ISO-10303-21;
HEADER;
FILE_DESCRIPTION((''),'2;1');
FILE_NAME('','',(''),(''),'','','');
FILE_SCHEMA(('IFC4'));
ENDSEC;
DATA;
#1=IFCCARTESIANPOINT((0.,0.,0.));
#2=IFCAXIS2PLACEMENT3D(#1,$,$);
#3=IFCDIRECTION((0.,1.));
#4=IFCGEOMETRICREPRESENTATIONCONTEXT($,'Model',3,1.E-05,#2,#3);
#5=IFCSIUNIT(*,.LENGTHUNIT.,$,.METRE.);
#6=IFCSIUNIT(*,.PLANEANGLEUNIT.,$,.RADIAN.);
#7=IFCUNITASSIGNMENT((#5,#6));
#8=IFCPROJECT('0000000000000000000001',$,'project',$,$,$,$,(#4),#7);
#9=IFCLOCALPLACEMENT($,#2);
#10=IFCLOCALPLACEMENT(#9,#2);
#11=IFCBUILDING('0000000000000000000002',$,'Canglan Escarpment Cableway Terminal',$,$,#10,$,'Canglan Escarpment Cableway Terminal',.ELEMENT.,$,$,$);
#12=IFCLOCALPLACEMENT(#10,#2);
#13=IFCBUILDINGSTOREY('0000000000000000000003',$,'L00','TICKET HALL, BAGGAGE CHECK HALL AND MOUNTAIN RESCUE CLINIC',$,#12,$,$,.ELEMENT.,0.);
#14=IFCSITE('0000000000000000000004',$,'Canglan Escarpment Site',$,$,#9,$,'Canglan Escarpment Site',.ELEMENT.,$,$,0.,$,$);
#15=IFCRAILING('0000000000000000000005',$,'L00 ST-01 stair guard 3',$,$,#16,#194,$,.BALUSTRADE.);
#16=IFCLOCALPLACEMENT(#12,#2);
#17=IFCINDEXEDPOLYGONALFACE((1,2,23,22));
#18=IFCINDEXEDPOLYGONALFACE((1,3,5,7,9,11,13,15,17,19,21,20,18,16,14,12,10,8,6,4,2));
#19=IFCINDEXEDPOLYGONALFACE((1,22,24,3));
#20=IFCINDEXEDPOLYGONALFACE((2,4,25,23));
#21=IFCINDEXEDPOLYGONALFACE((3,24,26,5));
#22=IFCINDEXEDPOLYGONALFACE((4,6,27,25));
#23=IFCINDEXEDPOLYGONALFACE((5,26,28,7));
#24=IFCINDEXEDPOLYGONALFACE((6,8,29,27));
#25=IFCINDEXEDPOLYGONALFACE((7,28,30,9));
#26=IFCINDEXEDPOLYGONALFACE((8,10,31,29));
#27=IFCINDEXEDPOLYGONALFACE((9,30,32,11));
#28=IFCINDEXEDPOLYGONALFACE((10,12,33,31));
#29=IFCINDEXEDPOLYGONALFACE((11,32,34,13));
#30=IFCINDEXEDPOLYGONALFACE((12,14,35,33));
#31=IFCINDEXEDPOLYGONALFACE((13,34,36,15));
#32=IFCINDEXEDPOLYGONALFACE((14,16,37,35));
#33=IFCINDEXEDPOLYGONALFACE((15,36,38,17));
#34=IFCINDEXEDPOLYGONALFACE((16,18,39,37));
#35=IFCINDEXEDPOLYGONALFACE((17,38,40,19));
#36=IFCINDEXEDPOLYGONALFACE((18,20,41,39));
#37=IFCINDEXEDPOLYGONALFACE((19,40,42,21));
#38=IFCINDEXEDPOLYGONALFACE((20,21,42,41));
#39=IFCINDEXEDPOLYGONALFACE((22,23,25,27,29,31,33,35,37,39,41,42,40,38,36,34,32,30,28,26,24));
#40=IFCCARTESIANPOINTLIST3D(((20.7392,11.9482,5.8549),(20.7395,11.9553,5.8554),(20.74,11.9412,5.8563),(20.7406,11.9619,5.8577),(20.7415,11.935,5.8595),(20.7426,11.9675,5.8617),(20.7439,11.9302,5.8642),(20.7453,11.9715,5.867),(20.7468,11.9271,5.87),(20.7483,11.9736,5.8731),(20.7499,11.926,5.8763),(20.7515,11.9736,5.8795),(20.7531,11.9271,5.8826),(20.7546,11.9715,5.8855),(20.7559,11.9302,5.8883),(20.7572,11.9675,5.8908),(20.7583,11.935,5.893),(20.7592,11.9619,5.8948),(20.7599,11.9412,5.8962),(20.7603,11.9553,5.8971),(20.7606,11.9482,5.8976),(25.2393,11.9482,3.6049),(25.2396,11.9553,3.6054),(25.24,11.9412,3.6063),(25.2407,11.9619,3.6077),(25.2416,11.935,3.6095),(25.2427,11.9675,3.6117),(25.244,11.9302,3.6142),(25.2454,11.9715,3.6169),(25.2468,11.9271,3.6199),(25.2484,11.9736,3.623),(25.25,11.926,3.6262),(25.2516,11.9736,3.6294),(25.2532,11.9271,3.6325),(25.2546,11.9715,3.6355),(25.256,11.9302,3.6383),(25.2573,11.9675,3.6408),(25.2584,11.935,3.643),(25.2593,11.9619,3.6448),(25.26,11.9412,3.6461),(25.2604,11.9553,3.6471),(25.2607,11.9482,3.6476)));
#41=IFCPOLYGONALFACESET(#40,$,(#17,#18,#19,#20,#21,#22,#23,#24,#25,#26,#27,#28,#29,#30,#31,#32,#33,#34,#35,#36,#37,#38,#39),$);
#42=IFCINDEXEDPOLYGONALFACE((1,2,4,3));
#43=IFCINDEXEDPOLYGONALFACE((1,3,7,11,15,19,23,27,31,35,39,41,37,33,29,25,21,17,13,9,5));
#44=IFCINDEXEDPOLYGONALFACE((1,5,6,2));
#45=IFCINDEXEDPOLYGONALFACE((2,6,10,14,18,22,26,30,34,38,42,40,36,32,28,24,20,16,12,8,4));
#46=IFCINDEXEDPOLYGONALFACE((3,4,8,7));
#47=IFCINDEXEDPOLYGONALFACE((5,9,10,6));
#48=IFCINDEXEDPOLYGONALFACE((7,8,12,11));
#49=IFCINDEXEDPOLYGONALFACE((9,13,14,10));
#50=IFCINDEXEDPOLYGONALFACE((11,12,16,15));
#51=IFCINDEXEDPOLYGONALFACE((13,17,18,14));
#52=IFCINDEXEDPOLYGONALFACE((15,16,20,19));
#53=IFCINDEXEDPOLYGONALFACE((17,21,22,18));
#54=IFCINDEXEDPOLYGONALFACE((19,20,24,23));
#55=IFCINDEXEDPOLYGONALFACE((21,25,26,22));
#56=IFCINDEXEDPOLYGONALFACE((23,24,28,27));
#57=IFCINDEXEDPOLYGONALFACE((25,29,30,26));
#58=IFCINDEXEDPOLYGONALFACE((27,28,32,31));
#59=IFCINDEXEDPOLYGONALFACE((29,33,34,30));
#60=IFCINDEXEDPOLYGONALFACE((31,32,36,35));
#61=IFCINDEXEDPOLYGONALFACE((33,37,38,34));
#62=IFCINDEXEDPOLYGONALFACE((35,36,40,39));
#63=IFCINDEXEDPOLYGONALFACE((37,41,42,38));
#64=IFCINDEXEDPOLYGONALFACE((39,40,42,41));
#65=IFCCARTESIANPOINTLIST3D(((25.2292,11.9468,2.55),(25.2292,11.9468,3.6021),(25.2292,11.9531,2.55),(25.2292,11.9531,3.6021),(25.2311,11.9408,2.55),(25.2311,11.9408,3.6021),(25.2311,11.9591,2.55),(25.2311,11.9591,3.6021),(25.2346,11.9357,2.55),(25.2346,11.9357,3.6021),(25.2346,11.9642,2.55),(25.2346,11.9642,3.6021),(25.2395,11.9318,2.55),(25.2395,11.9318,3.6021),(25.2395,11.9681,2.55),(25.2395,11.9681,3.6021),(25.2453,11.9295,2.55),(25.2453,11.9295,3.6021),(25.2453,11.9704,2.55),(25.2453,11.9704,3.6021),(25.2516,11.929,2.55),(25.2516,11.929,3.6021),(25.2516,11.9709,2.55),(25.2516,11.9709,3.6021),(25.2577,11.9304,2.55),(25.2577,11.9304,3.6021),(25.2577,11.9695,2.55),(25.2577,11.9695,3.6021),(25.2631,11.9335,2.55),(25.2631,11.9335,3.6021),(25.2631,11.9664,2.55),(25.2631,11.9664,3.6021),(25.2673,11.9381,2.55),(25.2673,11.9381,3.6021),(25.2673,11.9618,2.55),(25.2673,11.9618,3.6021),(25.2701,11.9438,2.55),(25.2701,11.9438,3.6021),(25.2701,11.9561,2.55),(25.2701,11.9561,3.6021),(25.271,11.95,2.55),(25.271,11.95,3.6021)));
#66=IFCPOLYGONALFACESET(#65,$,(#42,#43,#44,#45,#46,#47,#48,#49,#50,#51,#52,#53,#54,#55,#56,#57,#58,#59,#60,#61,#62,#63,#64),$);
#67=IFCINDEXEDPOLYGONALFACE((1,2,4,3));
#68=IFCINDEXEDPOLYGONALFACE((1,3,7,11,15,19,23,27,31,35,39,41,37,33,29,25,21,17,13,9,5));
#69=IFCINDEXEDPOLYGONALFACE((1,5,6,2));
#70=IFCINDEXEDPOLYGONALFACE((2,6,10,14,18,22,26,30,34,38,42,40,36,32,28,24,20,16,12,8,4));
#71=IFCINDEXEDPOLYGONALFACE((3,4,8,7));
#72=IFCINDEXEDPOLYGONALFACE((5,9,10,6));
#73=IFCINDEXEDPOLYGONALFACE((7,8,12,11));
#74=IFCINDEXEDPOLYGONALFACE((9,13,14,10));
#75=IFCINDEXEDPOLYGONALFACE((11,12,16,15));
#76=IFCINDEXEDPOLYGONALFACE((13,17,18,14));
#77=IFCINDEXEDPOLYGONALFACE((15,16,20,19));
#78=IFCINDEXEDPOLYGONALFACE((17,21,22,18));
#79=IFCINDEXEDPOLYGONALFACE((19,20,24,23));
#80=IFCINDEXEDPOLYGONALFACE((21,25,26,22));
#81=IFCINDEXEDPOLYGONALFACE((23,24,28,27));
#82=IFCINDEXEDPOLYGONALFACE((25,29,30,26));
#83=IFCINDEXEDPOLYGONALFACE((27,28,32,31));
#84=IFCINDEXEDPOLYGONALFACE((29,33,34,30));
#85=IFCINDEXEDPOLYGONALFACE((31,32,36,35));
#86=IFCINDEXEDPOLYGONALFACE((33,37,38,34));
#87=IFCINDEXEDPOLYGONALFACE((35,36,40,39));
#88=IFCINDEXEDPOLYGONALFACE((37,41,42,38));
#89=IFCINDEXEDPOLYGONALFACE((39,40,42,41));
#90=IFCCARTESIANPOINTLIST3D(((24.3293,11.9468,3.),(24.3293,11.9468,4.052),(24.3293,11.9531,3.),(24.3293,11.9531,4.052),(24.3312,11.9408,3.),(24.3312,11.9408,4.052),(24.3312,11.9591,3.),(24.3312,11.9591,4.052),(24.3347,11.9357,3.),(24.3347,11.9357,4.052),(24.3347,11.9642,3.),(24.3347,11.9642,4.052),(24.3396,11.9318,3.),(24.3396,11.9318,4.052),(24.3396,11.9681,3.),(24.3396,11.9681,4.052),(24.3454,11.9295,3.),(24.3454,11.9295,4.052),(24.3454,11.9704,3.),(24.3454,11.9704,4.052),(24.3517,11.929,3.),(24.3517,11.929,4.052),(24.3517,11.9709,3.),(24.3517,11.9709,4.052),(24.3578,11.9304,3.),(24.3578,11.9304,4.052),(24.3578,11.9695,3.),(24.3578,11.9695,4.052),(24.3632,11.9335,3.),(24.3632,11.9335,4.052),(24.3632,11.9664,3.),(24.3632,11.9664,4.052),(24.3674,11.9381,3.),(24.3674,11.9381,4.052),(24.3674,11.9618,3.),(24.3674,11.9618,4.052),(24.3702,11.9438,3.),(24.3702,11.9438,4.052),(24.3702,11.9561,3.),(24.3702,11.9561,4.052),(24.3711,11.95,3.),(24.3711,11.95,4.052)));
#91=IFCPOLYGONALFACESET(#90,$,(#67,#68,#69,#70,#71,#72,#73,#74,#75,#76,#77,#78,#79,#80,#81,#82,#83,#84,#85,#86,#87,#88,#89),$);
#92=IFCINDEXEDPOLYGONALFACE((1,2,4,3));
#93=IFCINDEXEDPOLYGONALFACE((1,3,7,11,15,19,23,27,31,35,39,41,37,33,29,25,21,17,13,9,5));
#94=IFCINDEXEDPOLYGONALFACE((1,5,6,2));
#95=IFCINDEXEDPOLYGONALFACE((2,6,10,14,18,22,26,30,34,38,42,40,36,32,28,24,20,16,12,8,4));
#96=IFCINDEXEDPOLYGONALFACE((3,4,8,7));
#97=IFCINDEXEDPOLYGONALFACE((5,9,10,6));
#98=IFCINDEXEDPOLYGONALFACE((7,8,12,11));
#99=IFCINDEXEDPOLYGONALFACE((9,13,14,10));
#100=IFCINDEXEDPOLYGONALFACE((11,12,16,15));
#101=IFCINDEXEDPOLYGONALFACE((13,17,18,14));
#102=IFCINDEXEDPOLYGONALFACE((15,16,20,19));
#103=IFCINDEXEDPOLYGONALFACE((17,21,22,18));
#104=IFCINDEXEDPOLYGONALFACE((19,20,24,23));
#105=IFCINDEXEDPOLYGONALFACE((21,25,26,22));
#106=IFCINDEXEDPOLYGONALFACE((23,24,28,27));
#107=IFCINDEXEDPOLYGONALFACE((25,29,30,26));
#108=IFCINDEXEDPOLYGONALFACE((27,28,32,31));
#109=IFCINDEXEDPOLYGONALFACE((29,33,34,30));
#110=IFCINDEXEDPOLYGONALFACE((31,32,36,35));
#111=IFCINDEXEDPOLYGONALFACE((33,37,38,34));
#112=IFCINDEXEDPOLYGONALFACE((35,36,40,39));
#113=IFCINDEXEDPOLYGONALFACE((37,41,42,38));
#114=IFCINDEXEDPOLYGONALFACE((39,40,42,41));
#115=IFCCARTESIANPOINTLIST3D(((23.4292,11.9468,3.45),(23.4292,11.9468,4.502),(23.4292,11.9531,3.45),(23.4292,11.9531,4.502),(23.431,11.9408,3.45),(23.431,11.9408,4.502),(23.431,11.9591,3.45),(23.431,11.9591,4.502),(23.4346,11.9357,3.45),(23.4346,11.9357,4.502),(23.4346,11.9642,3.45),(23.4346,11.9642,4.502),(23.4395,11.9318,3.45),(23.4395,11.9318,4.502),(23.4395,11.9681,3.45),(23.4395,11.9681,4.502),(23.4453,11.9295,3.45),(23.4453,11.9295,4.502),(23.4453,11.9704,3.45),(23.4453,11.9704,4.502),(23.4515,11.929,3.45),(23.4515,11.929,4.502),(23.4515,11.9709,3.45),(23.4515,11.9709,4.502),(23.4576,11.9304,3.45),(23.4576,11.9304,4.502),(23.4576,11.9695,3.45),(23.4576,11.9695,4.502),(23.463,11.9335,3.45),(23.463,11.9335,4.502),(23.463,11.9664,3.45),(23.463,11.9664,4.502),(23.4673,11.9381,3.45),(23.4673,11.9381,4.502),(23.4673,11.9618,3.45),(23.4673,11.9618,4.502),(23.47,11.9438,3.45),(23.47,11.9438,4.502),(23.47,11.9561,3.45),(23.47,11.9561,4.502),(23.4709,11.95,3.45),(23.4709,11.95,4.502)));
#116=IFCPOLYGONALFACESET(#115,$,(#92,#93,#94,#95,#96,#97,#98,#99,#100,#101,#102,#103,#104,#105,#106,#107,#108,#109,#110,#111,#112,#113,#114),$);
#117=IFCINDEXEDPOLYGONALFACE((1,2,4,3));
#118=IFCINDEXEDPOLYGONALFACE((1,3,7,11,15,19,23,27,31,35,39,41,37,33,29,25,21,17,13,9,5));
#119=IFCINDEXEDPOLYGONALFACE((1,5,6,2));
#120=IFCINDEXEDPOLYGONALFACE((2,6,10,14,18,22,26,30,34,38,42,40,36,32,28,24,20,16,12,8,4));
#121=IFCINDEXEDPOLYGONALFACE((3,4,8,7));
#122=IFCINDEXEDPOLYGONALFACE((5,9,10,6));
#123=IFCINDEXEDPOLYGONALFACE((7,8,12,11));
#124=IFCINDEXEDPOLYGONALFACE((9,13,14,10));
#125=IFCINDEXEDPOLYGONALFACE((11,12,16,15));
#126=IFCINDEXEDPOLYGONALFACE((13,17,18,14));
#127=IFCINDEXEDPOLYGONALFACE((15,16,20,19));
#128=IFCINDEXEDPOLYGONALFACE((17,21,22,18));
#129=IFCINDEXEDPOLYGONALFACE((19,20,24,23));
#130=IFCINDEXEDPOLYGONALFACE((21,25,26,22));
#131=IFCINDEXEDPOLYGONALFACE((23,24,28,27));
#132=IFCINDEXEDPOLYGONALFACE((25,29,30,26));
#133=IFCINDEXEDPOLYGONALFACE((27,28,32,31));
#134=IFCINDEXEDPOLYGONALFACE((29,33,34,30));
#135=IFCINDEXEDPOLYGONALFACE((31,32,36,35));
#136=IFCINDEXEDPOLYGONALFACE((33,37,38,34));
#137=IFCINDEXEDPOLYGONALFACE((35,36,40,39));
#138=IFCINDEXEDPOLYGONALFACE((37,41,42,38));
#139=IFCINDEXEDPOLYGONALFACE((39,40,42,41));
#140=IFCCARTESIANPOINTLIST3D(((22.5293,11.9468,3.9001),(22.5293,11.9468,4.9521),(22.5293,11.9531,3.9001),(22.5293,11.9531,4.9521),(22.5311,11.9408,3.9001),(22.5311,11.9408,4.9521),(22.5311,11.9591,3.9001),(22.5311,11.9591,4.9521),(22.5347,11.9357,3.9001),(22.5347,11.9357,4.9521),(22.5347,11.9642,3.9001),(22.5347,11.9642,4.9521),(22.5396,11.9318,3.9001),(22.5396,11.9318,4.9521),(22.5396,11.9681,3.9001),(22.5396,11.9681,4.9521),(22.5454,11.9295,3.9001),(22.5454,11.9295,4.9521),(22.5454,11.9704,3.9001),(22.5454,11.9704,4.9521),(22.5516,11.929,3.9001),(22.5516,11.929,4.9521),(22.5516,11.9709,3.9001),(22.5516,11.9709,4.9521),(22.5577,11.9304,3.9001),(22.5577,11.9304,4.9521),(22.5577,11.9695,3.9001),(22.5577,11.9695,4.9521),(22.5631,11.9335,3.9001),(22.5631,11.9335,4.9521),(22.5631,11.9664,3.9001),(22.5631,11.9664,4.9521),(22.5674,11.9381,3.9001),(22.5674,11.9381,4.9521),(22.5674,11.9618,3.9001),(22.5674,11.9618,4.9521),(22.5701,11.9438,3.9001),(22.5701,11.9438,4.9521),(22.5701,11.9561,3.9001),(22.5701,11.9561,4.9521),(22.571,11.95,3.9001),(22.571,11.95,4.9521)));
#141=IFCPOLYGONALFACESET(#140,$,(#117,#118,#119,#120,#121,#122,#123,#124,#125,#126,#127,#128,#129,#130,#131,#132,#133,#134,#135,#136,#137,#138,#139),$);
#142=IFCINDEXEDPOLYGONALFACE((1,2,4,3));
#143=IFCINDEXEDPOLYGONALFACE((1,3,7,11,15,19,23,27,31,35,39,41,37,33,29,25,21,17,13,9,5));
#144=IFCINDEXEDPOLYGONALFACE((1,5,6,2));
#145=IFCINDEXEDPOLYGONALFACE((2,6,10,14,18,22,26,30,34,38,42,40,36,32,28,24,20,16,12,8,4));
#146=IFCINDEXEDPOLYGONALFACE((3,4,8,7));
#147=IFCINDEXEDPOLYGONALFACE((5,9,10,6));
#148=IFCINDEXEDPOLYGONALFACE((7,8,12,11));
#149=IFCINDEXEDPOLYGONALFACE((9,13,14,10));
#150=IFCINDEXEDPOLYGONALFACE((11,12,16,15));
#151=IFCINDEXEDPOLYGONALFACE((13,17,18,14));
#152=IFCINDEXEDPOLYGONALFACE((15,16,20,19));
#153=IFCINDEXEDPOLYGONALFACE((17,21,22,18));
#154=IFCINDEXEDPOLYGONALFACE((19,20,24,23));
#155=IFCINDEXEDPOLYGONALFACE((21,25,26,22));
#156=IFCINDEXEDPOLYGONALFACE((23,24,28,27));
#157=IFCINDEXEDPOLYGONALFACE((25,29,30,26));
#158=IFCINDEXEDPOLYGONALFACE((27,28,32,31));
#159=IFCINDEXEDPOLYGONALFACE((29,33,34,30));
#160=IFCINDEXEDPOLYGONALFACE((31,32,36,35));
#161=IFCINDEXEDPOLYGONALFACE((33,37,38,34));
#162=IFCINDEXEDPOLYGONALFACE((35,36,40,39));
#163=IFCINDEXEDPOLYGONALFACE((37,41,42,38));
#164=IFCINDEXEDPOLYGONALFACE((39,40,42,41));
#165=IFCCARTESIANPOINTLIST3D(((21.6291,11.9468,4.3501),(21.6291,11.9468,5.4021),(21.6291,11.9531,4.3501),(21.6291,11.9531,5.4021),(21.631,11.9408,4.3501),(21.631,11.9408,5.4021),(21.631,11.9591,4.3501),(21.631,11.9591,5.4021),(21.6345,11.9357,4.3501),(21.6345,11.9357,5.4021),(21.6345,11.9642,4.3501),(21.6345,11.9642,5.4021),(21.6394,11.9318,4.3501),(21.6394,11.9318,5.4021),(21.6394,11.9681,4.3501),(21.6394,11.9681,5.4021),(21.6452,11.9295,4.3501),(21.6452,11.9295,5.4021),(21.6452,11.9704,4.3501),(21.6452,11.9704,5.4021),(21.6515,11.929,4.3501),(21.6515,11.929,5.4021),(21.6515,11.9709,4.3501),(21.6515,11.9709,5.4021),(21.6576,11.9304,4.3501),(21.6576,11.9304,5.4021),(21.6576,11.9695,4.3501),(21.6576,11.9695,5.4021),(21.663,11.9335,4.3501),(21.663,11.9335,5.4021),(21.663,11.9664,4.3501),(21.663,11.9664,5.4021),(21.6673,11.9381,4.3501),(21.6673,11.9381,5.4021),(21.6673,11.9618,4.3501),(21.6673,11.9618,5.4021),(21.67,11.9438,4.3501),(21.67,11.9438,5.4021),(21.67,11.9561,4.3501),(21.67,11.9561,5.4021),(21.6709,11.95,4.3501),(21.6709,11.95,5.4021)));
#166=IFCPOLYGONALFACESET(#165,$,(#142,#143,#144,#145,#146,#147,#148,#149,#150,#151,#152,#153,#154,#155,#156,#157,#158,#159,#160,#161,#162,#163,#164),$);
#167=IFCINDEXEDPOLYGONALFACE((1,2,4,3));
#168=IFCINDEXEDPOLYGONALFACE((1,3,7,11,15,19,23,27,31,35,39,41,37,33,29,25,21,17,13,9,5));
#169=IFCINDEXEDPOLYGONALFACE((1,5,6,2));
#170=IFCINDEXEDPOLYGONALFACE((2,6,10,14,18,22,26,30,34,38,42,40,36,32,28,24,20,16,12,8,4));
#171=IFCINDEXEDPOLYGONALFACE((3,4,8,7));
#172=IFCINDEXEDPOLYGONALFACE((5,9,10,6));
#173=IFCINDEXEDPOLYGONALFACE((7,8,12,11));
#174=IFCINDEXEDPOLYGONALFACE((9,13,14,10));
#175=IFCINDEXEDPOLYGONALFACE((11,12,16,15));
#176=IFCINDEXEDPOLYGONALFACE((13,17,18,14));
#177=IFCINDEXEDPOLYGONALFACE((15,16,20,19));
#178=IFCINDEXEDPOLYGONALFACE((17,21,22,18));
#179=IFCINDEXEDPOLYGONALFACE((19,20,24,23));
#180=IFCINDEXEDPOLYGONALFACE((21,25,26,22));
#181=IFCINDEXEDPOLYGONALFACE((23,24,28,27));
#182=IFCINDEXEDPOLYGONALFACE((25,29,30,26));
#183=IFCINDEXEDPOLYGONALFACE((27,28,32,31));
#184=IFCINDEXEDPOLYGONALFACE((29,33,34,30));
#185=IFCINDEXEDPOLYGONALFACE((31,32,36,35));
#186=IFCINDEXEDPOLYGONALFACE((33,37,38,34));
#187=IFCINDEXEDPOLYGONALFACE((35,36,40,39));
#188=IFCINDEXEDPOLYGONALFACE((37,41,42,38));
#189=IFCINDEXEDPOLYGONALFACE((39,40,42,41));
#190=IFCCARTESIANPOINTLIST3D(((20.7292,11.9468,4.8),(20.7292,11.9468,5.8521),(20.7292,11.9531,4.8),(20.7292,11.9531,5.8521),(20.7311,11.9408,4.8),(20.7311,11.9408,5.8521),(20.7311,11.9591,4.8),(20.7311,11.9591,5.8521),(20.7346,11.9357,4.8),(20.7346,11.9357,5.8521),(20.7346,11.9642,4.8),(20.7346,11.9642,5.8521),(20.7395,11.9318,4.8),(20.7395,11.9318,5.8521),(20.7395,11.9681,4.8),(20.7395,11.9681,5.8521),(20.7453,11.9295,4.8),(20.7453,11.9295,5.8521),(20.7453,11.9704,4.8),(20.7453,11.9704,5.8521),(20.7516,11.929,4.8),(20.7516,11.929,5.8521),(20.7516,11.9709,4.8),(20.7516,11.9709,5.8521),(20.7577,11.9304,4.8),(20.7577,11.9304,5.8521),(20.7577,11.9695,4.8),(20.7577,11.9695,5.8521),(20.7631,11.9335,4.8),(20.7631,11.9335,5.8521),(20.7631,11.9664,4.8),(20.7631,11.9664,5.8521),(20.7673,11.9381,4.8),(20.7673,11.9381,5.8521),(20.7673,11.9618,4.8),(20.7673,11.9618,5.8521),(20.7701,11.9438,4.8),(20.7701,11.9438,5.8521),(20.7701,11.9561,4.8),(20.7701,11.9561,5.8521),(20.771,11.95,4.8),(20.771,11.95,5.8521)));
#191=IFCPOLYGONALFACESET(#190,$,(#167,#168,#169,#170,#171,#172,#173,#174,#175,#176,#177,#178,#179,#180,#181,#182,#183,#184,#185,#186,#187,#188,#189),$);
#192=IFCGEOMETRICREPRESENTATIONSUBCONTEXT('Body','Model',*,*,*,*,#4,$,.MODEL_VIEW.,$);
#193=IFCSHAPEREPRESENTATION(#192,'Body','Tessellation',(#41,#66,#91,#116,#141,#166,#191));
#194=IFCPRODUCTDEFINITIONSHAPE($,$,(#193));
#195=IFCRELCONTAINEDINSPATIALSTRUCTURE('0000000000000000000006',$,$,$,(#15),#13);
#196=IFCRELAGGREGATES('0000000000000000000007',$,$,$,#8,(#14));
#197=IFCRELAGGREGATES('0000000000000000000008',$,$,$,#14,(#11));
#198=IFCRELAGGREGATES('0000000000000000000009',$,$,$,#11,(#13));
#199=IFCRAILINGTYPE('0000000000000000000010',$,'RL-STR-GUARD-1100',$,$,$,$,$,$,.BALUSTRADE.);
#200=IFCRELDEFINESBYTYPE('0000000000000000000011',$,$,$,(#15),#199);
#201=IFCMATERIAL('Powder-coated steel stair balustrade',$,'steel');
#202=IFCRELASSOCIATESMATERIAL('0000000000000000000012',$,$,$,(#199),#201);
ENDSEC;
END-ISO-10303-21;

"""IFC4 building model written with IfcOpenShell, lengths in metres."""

from ifc_helpers import new_model, si_unit, direction, frame, origin, origin_2d, place, context, subcontext, project, spatial, circle, extrude, material, type_object, element, save


model = new_model("IFC4")

# Units and contexts
model_context = context("Model", 3, precision=1e-05, world=origin(), true_north=direction((0.0, 1.0)))
body_context = subcontext(model_context, "Body", "Model", "MODEL_VIEW")
ifc_project = project(units=[si_unit("LENGTHUNIT", "METRE"), si_unit("PLANEANGLEUNIT", "RADIAN")], contexts=[model_context])

# Site, building, storey
site_placement = place(None, origin())
site = spatial("IfcSite", under=ifc_project, at=site_placement, Name="Canglan Escarpment Site", LongName="Canglan Escarpment Site", CompositionType="ELEMENT", RefElevation=0.0)
building_placement = place(site_placement, origin())
building = spatial("IfcBuilding", under=site, at=building_placement, Name="Canglan Escarpment Cableway Terminal", LongName="Canglan Escarpment Cableway Terminal", CompositionType="ELEMENT")
storey_placement = place(building_placement, origin())
storey = spatial("IfcBuildingStorey", under=building, at=storey_placement, Name="L00", Description="TICKET HALL, BAGGAGE CHECK HALL AND MOUNTAIN RESCUE CLINIC", CompositionType="ELEMENT", Elevation=0.0)

# Railing
ifc_material_1 = material(Name="Powder-coated steel stair balustrade", Category="steel")
railing_type_1 = type_object("IfcRailingType", Name="RL-STR-GUARD-1100", PredefinedType="BALUSTRADE", material=ifc_material_1)
railing_1_placement = place(storey_placement, frame((25.25, 11.95, 2.55)))
element("IfcRailing", 1, at=railing_1_placement, inside=storey, type_object=railing_type_1, Name="L00 ST-01 stair guard 3", PredefinedType="BALUSTRADE", context=body_context, shape_type="SweptSolid", body=[
    extrude(circle(Radius=0.0239, at=origin_2d()), frame((0.0, 0.0, 1.0762), z_axis=(-0.894427, 0.0, 0.447214), x_axis=(0.0, -1.0, 0.0)), (0.0, 0.0, 1.0), 5.0312),
    extrude(circle(Radius=0.021, at=origin_2d()), origin(), (0.0, 0.0, 1.0), 1.052),
    extrude(circle(Radius=0.021, at=origin_2d()), frame((-0.8999, 0.0, 0.45)), (0.0, 0.0, 1.0), 1.052),
    extrude(circle(Radius=0.021, at=origin_2d()), frame((-1.8, 0.0, 0.8999)), (0.0, 0.0, 1.0), 1.052),
    extrude(circle(Radius=0.021, at=origin_2d()), frame((-2.7, 0.0, 1.3501)), (0.0, 0.0, 1.0), 1.052),
    extrude(circle(Radius=0.021, at=origin_2d()), frame((-3.6001, 0.0, 1.8)), (0.0, 0.0, 1.0), 1.052),
    extrude(circle(Radius=0.021, at=origin_2d()), frame((-4.5, 0.0, 2.25)), (0.0, 0.0, 1.0), 1.052),
])

save(model, "model.ifc")
